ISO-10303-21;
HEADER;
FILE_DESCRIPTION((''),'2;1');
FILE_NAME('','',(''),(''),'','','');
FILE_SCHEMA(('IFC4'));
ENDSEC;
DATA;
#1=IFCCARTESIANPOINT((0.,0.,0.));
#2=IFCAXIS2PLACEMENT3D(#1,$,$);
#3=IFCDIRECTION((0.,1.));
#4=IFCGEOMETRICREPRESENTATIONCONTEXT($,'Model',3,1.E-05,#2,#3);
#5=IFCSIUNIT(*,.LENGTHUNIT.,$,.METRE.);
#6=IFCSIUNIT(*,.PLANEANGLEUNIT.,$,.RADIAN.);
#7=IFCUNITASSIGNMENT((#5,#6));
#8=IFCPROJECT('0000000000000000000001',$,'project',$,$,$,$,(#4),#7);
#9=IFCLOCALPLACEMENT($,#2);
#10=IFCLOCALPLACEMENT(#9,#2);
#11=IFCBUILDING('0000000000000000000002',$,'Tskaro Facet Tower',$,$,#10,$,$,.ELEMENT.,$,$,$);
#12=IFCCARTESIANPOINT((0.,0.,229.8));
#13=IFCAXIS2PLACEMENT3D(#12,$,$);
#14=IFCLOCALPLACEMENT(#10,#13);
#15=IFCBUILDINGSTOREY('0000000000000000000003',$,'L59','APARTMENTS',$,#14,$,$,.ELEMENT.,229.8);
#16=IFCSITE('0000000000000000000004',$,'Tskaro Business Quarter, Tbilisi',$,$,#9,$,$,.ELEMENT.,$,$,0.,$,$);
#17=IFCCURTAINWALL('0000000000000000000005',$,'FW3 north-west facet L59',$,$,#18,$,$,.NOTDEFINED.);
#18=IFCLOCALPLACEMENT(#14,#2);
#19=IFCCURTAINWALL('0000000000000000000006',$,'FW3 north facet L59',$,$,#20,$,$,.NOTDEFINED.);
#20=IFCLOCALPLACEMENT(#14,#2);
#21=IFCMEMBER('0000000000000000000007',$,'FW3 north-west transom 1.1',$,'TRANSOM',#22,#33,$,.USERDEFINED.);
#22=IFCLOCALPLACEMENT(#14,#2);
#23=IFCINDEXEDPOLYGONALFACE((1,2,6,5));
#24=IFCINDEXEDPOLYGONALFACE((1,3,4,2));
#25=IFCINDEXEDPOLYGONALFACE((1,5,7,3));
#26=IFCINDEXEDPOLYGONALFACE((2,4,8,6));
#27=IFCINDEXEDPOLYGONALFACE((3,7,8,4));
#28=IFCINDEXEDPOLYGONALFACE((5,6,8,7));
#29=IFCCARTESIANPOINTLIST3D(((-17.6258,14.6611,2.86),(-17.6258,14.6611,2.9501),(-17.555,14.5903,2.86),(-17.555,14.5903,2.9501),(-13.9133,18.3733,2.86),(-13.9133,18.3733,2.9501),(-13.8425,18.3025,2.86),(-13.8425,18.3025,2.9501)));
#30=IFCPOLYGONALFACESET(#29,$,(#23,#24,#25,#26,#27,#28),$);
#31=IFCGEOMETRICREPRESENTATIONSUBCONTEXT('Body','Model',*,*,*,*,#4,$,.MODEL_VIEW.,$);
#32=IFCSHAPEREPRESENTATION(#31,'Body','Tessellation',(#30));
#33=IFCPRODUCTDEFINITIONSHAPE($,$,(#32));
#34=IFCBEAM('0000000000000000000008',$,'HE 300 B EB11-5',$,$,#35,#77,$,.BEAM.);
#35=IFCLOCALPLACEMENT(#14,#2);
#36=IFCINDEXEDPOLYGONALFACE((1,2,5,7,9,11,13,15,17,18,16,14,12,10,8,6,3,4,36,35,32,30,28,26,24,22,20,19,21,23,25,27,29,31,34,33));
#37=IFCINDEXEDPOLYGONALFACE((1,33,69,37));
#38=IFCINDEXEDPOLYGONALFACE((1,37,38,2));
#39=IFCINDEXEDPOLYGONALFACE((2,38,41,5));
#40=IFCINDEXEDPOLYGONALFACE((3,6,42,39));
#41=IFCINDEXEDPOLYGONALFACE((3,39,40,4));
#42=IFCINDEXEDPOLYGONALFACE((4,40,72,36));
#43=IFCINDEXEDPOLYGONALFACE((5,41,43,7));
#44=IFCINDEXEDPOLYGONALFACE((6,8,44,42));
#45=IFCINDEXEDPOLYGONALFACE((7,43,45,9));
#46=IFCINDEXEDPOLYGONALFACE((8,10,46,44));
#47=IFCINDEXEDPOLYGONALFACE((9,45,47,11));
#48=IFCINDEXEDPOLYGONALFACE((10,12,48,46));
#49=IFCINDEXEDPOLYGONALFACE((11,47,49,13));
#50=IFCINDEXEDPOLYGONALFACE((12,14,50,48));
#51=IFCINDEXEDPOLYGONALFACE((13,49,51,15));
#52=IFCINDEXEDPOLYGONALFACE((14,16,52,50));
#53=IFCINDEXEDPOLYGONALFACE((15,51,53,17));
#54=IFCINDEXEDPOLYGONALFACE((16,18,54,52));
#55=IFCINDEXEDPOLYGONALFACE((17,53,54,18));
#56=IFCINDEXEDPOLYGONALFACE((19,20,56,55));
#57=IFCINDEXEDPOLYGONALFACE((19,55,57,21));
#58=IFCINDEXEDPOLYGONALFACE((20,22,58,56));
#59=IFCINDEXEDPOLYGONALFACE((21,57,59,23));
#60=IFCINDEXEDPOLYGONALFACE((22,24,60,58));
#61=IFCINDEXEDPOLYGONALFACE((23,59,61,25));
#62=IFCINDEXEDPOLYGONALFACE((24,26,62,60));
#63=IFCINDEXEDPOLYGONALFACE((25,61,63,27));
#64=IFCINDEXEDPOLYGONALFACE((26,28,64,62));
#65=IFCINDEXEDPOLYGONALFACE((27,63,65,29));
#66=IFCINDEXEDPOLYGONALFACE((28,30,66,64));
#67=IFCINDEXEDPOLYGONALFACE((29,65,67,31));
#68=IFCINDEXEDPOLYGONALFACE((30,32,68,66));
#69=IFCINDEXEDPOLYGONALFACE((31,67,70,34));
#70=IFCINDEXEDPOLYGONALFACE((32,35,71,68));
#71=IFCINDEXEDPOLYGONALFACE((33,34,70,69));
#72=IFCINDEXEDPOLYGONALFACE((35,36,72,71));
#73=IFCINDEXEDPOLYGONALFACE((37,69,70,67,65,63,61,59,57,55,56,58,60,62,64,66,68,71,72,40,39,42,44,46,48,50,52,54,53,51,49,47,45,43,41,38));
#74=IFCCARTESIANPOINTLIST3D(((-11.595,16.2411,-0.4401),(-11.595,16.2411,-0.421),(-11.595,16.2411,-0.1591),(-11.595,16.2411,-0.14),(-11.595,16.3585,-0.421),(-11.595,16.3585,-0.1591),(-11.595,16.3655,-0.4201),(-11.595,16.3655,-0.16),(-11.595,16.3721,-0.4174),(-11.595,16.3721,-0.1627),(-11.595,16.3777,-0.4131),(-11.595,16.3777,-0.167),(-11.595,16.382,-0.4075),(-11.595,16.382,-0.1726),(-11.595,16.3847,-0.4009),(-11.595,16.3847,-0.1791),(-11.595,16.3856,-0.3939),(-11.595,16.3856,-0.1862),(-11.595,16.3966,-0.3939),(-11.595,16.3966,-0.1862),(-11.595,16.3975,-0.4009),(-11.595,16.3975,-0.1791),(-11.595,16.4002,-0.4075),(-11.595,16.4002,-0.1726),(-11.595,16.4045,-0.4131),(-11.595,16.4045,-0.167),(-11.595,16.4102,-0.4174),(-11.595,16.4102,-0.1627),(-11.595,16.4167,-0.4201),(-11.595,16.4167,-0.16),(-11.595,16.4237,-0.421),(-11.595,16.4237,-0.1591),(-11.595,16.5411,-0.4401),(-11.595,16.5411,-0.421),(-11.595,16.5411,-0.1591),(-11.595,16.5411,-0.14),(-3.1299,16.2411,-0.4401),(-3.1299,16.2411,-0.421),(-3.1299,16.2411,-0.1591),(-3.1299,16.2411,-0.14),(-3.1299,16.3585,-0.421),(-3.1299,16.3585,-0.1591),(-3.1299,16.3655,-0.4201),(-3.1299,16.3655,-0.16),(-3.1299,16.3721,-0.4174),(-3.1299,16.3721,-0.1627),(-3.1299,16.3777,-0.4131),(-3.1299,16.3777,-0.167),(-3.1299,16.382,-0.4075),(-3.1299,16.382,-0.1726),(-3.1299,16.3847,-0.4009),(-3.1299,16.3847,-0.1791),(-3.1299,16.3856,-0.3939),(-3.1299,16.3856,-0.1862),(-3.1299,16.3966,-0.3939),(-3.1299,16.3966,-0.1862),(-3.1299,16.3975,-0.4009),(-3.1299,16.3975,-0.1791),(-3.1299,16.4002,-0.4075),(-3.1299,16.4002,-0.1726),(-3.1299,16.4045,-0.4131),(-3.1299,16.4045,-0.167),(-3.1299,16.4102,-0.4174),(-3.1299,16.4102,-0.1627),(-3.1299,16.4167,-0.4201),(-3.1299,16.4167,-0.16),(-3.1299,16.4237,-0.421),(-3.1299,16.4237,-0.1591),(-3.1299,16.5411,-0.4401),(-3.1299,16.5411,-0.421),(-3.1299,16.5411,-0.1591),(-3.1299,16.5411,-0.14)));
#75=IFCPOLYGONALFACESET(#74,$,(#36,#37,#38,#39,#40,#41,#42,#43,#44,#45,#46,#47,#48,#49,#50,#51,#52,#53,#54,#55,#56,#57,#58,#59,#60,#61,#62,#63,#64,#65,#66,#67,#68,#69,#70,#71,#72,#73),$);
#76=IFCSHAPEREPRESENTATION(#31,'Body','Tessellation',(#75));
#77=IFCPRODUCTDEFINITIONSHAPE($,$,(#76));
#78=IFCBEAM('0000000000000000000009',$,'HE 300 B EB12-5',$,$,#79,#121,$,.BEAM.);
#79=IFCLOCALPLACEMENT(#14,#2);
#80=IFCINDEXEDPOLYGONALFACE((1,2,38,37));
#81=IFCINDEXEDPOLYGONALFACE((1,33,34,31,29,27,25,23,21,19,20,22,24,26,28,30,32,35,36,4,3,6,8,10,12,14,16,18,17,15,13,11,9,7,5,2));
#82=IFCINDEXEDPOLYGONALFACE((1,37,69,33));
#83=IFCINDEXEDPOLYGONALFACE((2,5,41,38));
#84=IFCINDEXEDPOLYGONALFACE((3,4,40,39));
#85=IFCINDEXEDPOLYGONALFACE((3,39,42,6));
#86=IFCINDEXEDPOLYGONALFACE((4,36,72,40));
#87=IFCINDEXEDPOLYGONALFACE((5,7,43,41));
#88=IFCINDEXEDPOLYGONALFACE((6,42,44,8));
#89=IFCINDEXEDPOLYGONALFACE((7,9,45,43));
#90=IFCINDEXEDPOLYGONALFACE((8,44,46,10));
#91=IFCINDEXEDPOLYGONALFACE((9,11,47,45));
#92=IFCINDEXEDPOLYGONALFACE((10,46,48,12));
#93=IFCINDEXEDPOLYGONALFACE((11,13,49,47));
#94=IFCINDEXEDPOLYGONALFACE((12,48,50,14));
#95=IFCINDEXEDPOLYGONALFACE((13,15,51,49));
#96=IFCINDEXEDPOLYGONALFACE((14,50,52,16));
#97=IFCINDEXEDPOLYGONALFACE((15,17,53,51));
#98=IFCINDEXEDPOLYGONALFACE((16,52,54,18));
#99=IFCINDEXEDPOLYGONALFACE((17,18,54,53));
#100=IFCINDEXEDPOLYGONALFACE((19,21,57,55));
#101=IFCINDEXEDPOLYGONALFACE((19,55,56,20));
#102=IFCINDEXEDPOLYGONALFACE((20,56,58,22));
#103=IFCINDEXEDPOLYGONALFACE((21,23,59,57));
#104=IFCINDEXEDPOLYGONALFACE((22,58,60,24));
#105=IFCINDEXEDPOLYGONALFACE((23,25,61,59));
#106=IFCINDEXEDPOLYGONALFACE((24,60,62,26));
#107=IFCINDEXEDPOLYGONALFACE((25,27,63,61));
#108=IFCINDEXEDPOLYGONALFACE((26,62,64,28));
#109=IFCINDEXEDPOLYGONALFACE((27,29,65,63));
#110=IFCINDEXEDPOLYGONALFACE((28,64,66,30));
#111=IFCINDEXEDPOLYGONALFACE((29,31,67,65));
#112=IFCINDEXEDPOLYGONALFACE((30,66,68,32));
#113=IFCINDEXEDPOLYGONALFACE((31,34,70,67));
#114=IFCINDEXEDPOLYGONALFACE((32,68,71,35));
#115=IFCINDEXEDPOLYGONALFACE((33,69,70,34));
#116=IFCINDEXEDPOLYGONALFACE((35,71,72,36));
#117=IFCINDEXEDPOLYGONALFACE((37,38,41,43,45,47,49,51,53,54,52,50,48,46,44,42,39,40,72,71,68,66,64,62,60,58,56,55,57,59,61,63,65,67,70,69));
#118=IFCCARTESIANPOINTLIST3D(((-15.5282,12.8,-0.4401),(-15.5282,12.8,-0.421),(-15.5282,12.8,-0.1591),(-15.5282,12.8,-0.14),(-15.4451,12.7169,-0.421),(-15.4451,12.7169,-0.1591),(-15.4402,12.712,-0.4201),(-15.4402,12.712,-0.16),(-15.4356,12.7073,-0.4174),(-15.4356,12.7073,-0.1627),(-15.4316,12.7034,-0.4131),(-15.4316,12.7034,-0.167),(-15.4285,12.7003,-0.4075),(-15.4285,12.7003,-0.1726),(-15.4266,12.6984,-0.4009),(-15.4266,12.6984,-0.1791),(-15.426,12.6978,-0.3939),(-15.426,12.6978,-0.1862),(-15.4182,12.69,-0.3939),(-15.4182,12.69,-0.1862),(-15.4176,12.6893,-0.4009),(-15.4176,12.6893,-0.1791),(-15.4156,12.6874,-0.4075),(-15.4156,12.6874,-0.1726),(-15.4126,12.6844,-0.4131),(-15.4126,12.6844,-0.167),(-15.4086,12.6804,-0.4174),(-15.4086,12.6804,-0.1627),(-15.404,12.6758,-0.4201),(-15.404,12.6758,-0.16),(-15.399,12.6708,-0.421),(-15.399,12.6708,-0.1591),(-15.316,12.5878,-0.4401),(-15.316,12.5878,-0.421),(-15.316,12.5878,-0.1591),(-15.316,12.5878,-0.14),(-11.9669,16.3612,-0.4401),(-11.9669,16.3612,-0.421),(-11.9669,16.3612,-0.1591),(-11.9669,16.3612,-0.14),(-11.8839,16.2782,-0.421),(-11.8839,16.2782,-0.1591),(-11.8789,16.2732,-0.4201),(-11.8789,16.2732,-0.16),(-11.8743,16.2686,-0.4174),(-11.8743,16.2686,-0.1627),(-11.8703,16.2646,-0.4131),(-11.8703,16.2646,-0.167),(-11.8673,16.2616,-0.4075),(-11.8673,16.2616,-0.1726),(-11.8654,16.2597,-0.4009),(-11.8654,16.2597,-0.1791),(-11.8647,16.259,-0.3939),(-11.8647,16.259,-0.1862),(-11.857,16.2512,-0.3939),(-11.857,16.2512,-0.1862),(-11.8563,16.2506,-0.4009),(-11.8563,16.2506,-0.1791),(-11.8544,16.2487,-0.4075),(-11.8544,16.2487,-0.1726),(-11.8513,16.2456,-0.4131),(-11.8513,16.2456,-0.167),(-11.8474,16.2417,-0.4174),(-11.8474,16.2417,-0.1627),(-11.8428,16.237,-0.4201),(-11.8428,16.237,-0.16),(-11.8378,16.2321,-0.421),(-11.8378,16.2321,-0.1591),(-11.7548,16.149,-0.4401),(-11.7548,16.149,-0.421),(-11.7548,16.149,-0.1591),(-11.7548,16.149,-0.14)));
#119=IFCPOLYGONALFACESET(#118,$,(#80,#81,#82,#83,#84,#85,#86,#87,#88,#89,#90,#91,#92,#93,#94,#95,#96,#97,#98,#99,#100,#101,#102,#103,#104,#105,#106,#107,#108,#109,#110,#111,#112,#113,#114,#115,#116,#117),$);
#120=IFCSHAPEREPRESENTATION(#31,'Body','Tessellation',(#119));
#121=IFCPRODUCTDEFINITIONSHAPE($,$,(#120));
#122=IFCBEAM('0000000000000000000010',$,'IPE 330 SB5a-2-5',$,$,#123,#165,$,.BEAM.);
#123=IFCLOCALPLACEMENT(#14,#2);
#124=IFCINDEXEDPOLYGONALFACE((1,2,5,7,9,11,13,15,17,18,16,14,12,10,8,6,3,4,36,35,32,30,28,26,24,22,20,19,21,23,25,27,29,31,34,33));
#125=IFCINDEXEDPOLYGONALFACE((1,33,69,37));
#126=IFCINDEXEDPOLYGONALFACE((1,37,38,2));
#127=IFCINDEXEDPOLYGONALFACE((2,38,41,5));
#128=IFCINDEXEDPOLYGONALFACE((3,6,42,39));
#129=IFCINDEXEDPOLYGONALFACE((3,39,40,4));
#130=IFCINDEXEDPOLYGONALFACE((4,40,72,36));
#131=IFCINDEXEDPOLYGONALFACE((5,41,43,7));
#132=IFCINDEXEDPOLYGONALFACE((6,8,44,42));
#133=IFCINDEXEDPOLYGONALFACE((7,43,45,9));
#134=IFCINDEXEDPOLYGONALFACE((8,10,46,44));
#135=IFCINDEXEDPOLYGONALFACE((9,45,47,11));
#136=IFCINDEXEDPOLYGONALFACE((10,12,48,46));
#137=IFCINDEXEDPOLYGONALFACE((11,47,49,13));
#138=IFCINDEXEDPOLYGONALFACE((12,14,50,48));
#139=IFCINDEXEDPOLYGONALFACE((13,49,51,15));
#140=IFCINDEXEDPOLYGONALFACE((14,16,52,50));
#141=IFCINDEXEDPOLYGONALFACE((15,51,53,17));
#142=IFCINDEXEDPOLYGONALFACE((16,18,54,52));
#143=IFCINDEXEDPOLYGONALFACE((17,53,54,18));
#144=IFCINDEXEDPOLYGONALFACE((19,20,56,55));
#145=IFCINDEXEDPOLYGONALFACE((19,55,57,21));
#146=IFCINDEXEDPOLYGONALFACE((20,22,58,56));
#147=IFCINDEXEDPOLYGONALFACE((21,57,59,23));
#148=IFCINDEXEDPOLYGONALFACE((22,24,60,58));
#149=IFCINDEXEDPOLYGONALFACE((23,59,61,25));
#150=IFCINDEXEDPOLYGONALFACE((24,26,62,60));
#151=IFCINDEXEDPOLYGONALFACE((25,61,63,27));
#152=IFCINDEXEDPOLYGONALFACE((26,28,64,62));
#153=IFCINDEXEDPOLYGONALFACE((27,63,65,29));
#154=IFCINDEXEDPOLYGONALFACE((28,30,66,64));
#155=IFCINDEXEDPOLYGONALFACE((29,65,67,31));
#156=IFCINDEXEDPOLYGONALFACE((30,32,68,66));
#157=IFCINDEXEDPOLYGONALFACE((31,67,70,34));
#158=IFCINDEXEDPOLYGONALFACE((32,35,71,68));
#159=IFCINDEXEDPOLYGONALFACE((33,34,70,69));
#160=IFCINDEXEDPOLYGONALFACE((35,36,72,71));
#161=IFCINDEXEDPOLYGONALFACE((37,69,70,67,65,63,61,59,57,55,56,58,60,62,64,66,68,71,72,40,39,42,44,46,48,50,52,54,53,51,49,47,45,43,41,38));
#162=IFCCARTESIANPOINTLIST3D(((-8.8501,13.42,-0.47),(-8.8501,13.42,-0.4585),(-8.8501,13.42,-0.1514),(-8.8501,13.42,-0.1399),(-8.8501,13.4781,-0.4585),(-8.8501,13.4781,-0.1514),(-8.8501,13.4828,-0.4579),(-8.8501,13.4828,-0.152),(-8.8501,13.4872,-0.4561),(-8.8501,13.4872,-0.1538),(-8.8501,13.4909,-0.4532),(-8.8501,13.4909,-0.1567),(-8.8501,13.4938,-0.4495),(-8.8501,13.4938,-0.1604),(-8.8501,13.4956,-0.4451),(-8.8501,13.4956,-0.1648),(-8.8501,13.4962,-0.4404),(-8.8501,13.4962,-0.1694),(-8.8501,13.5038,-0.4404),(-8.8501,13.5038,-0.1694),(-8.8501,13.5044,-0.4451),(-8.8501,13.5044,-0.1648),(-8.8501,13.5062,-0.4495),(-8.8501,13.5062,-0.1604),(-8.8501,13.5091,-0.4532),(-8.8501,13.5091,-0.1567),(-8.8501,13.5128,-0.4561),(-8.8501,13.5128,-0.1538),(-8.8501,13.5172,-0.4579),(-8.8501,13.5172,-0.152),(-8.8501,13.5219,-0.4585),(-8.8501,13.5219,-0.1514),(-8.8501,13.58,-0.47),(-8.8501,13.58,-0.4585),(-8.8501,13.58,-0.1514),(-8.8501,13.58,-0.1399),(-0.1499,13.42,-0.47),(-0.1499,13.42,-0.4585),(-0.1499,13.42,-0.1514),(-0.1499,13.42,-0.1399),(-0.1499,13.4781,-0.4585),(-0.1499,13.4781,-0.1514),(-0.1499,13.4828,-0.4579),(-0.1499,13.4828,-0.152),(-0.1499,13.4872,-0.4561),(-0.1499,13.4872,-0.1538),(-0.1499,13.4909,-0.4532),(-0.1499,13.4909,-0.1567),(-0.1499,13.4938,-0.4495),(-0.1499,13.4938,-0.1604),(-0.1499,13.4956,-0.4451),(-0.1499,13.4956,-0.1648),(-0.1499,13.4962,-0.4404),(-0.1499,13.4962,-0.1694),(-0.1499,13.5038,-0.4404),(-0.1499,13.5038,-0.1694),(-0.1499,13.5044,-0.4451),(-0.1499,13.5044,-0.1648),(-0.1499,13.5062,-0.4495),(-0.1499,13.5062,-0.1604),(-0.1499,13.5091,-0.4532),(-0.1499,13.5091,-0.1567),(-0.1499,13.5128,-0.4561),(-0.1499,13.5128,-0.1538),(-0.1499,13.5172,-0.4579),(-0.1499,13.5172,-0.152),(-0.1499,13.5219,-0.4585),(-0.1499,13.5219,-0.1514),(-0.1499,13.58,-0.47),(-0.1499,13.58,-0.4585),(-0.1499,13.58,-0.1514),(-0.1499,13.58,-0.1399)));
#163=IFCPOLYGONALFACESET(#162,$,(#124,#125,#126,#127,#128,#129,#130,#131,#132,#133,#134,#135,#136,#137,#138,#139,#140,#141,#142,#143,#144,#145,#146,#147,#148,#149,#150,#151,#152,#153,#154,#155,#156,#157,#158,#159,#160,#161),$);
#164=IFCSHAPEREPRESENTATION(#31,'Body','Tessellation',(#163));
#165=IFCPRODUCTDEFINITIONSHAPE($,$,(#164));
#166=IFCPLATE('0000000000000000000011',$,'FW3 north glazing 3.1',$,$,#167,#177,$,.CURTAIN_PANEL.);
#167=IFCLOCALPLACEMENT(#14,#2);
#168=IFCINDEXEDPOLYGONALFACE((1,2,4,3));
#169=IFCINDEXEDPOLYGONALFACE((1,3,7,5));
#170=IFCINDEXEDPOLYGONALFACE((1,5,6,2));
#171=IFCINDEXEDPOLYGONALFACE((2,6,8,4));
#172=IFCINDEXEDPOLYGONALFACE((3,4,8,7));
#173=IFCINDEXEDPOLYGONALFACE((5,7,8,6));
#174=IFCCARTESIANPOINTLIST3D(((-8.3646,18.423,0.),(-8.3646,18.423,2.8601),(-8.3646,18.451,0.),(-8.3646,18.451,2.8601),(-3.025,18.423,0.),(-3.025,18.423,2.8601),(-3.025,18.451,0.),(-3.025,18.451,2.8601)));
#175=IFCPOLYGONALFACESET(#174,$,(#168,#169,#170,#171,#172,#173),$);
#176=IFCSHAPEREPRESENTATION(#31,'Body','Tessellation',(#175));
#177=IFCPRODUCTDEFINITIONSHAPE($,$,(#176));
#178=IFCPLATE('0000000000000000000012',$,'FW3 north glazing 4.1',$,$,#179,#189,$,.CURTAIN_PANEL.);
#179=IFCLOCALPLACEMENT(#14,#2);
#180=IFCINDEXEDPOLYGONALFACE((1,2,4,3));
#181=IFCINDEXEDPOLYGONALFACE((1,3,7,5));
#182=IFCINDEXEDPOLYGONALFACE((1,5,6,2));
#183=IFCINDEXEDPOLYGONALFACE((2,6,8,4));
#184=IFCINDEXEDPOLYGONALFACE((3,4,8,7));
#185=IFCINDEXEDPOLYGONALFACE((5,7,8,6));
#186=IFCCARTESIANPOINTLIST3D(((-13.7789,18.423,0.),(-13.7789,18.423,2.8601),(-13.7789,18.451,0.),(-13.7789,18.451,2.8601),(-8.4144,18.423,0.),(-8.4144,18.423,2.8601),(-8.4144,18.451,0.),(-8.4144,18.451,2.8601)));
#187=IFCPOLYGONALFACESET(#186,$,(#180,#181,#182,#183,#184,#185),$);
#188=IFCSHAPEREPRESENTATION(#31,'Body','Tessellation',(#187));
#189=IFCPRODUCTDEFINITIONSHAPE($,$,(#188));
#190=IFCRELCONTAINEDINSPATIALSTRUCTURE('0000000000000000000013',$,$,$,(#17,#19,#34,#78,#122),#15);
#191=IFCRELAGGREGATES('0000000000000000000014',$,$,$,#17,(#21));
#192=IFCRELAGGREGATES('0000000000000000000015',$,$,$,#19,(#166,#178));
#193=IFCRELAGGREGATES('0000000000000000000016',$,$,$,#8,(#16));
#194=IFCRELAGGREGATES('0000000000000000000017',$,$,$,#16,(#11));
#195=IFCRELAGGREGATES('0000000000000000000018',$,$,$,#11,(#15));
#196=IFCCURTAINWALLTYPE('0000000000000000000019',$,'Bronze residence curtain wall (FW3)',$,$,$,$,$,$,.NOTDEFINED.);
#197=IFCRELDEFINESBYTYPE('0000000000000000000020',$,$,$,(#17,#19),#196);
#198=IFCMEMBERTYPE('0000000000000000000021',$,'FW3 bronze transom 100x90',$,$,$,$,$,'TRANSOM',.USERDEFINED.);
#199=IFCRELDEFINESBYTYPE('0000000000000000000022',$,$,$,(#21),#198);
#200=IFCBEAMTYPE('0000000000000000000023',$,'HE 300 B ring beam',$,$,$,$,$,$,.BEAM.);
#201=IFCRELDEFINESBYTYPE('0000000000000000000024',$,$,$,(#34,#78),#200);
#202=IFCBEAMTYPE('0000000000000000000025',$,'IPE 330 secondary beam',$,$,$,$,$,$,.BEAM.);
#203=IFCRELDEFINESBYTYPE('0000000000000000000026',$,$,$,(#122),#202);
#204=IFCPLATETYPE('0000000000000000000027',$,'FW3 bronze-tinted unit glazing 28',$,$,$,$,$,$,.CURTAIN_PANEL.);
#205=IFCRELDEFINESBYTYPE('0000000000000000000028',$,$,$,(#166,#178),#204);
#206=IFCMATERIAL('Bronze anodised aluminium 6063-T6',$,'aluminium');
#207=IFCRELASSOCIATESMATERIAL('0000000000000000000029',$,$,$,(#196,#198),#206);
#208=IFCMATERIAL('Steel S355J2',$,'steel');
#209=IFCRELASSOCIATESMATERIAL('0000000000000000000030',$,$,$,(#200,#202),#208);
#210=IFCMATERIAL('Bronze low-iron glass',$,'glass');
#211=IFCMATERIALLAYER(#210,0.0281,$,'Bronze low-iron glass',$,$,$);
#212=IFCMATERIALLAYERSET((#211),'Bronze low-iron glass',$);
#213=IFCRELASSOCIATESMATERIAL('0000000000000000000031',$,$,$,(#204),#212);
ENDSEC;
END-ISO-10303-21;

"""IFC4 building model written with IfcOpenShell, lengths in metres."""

from ifc_helpers import new_model, si_unit, direction, frame, origin, origin_2d, place, context, subcontext, project, spatial, rectangle, i_section, extrude, material, layer, layer_set, material_profile, profile_set, type_object, element, aggregate, save


model = new_model("IFC4")

# Units and contexts
model_context = context("Model", 3, precision=1e-05, world=origin(), true_north=direction((0.0, 1.0)))
body_context = subcontext(model_context, "Body", "Model", "MODEL_VIEW")
ifc_project = project(units=[si_unit("LENGTHUNIT", "METRE"), si_unit("PLANEANGLEUNIT", "RADIAN")], contexts=[model_context])

# Site, building, storey
site_placement = place(None, origin())
site = spatial("IfcSite", under=ifc_project, at=site_placement, Name="Tskaro Business Quarter, Tbilisi", CompositionType="ELEMENT", RefElevation=0.0)
building_placement = place(site_placement, origin())
building = spatial("IfcBuilding", under=site, at=building_placement, Name="Tskaro Facet Tower", CompositionType="ELEMENT")
storey_placement = place(building_placement, frame((0.0, 0.0, 229.8)))
storey = spatial("IfcBuildingStorey", under=building, at=storey_placement, Name="L59", Description="APARTMENTS", CompositionType="ELEMENT", Elevation=229.8)

# Curtain wall
ifc_material_1 = material(Name="Bronze anodised aluminium 6063-T6", Category="aluminium")
curtain_wall_type = type_object("IfcCurtainWallType", Name="Bronze residence curtain wall (FW3)", PredefinedType="NOTDEFINED", material=ifc_material_1)
curtain_wall_1_placement = place(storey_placement, origin())
curtain_wall_1 = element("IfcCurtainWall", 1, at=curtain_wall_1_placement, inside=storey, type_object=curtain_wall_type, Name="FW3 north-west facet L59", PredefinedType="NOTDEFINED")

# Curtain wall
curtain_wall_2_placement = place(storey_placement, origin())
curtain_wall_2 = element("IfcCurtainWall", 2, at=curtain_wall_2_placement, inside=storey, type_object=curtain_wall_type, Name="FW3 north facet L59", PredefinedType="NOTDEFINED")
ifc_material_profile_1 = material_profile(ifc_material_1, rectangle(XDim=0.1001, YDim=0.0901, at=origin_2d()), Name="Transom 100x90")
ifc_profile_set_1 = profile_set([ifc_material_profile_1], Name="Bronze anodised aluminium 6063-T6")
member_type_1 = type_object("IfcMemberType", Name="FW3 bronze transom 100x90", ElementType="TRANSOM", PredefinedType="USERDEFINED", material=ifc_profile_set_1)

# Member
member_1_placement = place(storey_placement, frame((-13.8779, 18.3379, 2.905), z_axis=(-0.70713, -0.707084, 0.0), x_axis=(0.707084, -0.70713, 0.0)))
member_1 = element("IfcMember", 3, at=member_1_placement, type_object=member_type_1, Name="FW3 north-west transom 1.1", ObjectType="TRANSOM", PredefinedType="USERDEFINED", context=body_context, shape_type="SweptSolid", body=[
    extrude(rectangle(XDim=0.1001, YDim=0.0901, at=origin_2d()), origin(), (0.0, 0.0, 1.0), 5.25),
])
aggregate(curtain_wall_1, [member_1])

# Beams
ifc_material_2 = material(Name="Steel S355J2", Category="steel")
ifc_material_profile_2 = material_profile(ifc_material_2, i_section(OverallWidth=0.3, OverallDepth=0.3, WebThickness=0.011, FlangeThickness=0.019, FilletRadius=0.0271, at=origin_2d()), Name="HE 300 B")
ifc_profile_set_2 = profile_set([ifc_material_profile_2], Name="Steel S355J2")
beam_type_1 = type_object("IfcBeamType", Name="HE 300 B ring beam", PredefinedType="BEAM", material=ifc_profile_set_2)
beam_1_placement = place(storey_placement, frame((-3.1299, 16.3911, -0.29), z_axis=(-1.0, 0.0, 0.0), x_axis=(0.0, -1.0, 0.0)))
element("IfcBeam", 4, at=beam_1_placement, inside=storey, type_object=beam_type_1, Name="HE 300 B EB11-5", PredefinedType="BEAM", context=body_context, shape_type="SweptSolid", body=[
    extrude(i_section(OverallWidth=0.3, OverallDepth=0.3, WebThickness=0.011, FlangeThickness=0.019, FilletRadius=0.0271, at=origin_2d()), origin(), (0.0, 0.0, 1.0), 8.4651),
])
beam_2_placement = place(storey_placement, frame((-11.8608, 16.2551, -0.29), z_axis=(-0.707107, -0.707107, 0.0), x_axis=(0.707107, -0.707107, 0.0)))
element("IfcBeam", 5, at=beam_2_placement, inside=storey, type_object=beam_type_1, Name="HE 300 B EB12-5", PredefinedType="BEAM", context=body_context, shape_type="SweptSolid", body=[
    extrude(i_section(OverallWidth=0.3, OverallDepth=0.3, WebThickness=0.011, FlangeThickness=0.019, FilletRadius=0.0271, at=origin_2d()), origin(), (0.0, 0.0, 1.0), 5.0364),
])
ifc_material_profile_3 = material_profile(ifc_material_2, i_section(OverallWidth=0.1599, OverallDepth=0.3301, WebThickness=0.0076, FlangeThickness=0.0115, FilletRadius=0.0181, at=origin_2d()), Name="IPE 330")
ifc_profile_set_3 = profile_set([ifc_material_profile_3], Name="Steel S355J2")
beam_type_2 = type_object("IfcBeamType", Name="IPE 330 secondary beam", PredefinedType="BEAM", material=ifc_profile_set_3)
beam_3_placement = place(storey_placement, frame((-8.8501, 13.5, -0.3049), z_axis=(1.0, 0.0, 0.0), x_axis=(0.0, 1.0, 0.0)))
element("IfcBeam", 6, at=beam_3_placement, inside=storey, type_object=beam_type_2, Name="IPE 330 SB5a-2-5", PredefinedType="BEAM", context=body_context, shape_type="SweptSolid", body=[
    extrude(i_section(OverallWidth=0.1599, OverallDepth=0.3301, WebThickness=0.0076, FlangeThickness=0.0115, FilletRadius=0.0181, at=origin_2d()), origin(), (0.0, 0.0, 1.0), 8.7002),
])

# Plates
ifc_material_3 = material(Name="Bronze low-iron glass", Category="glass")
ifc_layer_1 = layer(ifc_material_3, 0.0281, Name="Bronze low-iron glass")
ifc_layer_set_1 = layer_set([ifc_layer_1], Name="Bronze low-iron glass")
plate_type = type_object("IfcPlateType", Name="FW3 bronze-tinted unit glazing 28", PredefinedType="CURTAIN_PANEL", material=ifc_layer_set_1)
plate_1_placement = place(storey_placement, frame((-5.6948, 18.437, 0.0), z_axis=(0.0, 0.0, 1.0), x_axis=(-1.0, 0.0, 0.0)))
plate_1 = element("IfcPlate", 7, at=plate_1_placement, type_object=plate_type, Name="FW3 north glazing 3.1", PredefinedType="CURTAIN_PANEL", context=body_context, shape_type="SweptSolid", body=[
    extrude(rectangle(XDim=5.3396, YDim=0.0281, at=origin_2d()), origin(), (0.0, 0.0, 1.0), 2.8601),
])
plate_2_placement = place(storey_placement, frame((-11.0967, 18.437, 0.0), z_axis=(0.0, 0.0, 1.0), x_axis=(-1.0, 0.0, 0.0)))
plate_2 = element("IfcPlate", 8, at=plate_2_placement, type_object=plate_type, Name="FW3 north glazing 4.1", PredefinedType="CURTAIN_PANEL", context=body_context, shape_type="SweptSolid", body=[
    extrude(rectangle(XDim=5.3645, YDim=0.0281, at=origin_2d()), origin(), (0.0, 0.0, 1.0), 2.8601),
])
aggregate(curtain_wall_2, [plate_1, plate_2])

save(model, "model.ifc")
